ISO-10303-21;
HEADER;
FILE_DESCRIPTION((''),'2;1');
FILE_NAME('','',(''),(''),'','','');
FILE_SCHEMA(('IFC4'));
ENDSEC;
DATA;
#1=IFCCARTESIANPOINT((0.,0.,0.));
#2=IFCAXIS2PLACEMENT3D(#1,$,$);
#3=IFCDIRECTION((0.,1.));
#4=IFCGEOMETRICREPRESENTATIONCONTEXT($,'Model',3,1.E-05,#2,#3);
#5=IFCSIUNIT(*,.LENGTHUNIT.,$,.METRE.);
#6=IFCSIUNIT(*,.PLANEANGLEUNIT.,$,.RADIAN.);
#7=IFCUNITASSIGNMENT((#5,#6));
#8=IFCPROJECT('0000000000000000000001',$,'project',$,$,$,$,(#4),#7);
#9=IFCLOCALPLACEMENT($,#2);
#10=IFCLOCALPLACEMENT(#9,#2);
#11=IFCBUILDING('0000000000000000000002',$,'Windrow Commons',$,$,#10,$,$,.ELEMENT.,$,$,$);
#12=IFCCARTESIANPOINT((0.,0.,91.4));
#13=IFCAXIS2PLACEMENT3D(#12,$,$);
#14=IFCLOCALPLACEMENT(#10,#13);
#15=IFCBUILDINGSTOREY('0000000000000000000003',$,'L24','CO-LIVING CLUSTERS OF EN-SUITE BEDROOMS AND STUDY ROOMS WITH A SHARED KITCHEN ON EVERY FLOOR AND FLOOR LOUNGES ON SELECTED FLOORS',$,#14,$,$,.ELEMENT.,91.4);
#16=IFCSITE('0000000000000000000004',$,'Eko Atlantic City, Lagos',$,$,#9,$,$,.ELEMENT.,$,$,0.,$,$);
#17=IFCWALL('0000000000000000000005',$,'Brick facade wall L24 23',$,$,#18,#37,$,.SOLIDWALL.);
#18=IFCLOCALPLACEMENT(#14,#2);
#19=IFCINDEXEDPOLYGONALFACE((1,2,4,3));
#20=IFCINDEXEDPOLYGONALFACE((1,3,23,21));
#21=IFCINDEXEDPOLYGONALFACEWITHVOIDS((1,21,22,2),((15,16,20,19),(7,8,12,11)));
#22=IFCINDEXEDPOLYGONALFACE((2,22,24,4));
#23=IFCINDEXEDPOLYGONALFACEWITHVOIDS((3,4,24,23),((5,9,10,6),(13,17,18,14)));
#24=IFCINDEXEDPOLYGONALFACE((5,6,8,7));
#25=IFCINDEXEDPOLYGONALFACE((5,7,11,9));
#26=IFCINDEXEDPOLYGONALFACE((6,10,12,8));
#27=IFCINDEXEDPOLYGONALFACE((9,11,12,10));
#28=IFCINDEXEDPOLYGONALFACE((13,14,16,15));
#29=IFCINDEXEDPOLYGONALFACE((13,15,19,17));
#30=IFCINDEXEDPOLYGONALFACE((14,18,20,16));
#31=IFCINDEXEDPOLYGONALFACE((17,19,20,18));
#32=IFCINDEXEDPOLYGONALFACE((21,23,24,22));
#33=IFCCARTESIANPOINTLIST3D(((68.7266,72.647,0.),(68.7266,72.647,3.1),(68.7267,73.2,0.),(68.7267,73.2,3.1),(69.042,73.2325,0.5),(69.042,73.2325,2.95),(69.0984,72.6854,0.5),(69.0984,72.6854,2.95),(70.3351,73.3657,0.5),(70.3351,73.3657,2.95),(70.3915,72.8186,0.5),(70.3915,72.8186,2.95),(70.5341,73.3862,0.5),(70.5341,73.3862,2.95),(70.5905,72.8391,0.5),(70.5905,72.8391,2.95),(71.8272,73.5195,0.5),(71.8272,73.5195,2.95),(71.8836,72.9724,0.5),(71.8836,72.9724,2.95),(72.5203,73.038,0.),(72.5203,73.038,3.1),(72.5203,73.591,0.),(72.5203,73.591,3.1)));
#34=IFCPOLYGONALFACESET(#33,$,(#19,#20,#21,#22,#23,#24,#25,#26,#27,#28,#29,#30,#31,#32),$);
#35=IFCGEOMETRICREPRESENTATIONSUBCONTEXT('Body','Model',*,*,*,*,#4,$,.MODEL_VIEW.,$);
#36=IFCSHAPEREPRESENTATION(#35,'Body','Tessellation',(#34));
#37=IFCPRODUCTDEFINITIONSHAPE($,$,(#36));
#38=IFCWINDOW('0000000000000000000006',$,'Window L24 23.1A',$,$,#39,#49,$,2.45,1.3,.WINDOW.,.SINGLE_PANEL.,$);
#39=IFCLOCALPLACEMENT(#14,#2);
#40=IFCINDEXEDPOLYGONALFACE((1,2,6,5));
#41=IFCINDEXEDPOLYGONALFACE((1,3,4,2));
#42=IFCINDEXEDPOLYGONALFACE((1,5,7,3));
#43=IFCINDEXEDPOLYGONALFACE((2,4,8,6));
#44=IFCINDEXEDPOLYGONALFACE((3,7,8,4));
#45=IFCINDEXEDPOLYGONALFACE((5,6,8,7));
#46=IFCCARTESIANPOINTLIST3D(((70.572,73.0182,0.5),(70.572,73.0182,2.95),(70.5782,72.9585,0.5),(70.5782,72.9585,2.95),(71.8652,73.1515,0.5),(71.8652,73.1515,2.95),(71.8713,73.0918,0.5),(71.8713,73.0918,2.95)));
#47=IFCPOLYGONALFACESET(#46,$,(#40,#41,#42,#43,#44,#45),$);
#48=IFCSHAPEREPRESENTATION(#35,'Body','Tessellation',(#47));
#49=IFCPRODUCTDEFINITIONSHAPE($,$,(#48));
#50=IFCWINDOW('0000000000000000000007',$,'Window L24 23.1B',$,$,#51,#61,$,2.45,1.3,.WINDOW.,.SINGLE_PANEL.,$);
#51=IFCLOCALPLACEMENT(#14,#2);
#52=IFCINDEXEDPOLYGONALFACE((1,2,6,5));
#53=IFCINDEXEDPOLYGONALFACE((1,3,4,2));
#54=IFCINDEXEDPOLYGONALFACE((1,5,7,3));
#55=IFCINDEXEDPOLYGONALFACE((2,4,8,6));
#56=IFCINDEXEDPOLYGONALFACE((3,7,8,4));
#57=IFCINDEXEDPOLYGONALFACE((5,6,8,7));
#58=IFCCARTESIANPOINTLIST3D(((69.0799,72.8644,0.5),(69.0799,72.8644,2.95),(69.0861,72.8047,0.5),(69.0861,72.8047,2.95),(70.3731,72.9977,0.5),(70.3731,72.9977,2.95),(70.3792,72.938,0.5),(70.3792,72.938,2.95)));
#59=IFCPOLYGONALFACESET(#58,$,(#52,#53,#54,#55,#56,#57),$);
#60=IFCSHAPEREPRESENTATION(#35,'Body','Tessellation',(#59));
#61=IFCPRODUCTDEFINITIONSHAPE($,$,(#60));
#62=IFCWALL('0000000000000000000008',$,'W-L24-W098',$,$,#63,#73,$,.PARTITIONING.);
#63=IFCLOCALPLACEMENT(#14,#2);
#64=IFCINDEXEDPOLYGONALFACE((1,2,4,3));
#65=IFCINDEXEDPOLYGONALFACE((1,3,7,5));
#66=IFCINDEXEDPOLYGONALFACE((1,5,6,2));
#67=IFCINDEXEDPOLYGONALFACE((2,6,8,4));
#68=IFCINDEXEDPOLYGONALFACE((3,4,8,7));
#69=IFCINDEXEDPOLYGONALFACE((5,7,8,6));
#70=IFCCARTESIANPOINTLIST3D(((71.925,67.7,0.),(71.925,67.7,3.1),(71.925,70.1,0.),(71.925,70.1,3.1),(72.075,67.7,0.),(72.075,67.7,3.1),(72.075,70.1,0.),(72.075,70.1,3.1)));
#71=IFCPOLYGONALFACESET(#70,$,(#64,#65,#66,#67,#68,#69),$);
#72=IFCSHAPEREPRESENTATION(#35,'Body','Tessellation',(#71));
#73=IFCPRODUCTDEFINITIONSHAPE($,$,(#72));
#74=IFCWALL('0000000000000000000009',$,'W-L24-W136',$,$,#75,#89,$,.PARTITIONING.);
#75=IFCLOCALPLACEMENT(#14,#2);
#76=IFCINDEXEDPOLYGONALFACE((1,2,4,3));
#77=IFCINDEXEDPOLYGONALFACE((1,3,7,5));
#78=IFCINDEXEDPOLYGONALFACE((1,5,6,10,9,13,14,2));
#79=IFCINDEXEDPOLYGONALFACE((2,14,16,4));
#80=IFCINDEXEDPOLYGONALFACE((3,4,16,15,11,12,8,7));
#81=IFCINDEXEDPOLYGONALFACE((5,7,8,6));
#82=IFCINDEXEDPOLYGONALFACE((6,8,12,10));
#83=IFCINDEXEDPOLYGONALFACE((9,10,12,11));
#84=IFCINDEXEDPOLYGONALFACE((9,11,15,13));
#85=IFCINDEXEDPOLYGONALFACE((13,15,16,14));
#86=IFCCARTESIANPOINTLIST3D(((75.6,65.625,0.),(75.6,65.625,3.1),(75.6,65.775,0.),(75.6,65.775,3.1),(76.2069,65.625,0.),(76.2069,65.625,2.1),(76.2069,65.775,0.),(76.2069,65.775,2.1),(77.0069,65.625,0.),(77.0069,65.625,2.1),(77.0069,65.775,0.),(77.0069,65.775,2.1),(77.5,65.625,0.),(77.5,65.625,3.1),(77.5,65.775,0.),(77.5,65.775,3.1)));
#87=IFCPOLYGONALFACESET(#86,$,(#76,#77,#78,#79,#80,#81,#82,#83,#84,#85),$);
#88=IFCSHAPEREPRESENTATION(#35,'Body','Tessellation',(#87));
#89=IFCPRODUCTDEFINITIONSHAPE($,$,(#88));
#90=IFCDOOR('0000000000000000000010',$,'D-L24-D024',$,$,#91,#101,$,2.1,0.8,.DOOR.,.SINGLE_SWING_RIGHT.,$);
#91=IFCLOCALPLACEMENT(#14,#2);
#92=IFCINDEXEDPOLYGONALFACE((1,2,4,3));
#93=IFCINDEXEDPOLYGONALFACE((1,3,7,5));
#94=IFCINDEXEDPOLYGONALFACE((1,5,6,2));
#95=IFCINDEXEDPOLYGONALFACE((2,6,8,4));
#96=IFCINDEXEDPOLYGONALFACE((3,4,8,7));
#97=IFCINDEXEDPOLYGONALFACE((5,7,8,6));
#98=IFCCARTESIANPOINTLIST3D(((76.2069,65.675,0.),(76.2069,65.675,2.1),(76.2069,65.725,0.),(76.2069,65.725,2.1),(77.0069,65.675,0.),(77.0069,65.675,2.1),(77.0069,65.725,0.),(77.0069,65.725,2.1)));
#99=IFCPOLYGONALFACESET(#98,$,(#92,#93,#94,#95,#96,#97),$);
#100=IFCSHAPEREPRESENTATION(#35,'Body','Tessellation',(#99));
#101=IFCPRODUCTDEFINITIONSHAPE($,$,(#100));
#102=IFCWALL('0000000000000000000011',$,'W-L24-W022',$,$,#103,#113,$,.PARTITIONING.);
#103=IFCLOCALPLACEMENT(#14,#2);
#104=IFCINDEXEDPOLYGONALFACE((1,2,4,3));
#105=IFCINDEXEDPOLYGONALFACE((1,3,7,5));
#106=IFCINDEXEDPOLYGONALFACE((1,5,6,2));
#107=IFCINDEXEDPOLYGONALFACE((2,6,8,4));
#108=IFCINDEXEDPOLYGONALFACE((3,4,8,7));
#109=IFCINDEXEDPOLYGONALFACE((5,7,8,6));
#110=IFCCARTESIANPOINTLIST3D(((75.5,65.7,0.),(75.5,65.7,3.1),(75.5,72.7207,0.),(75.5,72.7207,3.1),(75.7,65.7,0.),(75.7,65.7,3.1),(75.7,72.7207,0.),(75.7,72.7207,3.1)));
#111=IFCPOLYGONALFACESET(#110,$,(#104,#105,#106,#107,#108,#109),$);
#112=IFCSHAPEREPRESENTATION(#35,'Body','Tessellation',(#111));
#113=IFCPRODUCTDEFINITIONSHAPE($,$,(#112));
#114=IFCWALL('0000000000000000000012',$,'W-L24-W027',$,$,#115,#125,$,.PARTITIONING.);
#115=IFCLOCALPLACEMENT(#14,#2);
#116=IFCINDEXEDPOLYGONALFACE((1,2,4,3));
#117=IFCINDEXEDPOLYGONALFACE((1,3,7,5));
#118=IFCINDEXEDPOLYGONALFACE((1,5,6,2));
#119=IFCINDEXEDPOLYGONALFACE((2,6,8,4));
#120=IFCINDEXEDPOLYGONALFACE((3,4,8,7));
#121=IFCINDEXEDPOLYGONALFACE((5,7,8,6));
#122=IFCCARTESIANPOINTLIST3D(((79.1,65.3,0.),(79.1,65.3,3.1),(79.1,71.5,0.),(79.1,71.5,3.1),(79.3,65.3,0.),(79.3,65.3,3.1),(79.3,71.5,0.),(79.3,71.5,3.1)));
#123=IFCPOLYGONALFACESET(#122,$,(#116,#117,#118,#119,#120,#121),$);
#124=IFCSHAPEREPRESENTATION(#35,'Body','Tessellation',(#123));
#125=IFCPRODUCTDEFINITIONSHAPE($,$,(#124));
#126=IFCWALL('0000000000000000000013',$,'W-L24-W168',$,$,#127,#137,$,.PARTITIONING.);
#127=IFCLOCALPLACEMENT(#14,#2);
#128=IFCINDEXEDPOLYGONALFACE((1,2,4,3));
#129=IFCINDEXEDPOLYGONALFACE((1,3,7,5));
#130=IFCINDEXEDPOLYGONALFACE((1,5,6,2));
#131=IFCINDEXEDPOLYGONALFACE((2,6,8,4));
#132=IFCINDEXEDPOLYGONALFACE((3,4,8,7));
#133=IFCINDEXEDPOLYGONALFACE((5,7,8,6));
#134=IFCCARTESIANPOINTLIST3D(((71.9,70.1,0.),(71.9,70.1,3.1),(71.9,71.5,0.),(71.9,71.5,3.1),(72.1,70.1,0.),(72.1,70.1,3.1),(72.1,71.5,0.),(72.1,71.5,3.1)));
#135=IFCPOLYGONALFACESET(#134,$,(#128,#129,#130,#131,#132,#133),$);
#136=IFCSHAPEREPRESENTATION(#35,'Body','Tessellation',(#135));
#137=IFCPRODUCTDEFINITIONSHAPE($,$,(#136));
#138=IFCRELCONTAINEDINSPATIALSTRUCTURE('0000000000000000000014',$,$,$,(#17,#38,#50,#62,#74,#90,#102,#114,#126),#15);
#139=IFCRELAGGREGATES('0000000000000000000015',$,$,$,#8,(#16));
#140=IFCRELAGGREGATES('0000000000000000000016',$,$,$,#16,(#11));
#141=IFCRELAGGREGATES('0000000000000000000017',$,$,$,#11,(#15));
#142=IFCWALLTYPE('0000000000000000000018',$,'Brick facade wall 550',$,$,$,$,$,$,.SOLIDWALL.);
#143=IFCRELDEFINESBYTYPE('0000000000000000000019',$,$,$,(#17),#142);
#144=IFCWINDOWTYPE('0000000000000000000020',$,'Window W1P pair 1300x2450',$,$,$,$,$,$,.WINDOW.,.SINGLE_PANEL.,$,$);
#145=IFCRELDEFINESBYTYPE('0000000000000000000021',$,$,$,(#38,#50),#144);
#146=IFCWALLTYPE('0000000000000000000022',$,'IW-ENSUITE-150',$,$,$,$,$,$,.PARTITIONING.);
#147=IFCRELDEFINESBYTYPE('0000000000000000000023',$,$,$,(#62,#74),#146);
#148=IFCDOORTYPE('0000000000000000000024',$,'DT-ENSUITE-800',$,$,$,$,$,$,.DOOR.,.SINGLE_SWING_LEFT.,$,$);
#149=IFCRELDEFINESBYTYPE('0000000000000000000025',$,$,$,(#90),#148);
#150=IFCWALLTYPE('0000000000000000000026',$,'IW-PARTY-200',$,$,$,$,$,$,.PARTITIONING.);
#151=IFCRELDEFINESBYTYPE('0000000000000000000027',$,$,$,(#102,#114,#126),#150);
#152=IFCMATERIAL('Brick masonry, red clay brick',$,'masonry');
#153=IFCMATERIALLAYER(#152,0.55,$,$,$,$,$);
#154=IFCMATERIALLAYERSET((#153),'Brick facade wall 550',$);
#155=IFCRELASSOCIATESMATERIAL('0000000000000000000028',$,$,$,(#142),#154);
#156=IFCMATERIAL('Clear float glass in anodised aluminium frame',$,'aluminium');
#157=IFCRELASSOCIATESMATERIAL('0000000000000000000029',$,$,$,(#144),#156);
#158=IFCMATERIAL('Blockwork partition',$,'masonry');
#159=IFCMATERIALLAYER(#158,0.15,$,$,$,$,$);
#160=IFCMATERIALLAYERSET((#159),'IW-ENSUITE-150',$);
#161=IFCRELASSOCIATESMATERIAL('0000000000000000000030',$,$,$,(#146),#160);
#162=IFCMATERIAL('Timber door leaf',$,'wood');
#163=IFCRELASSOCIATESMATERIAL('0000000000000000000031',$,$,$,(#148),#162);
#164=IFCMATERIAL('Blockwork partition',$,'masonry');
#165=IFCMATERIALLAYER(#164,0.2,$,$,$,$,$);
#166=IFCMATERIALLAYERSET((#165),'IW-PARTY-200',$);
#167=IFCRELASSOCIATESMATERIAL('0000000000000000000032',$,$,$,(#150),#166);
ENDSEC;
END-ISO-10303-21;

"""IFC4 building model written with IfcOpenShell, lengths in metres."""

from ifc_helpers import new_model, si_unit, direction, frame, frame_2d, origin, place, context, subcontext, project, spatial, polyline, rectangle, outline, extrude, material, layer, layer_set, type_object, element, fill, save


model = new_model("IFC4")

# Units and contexts
model_context = context("Model", 3, precision=1e-05, world=origin(), true_north=direction((0.0, 1.0)))
body_context = subcontext(model_context, "Body", "Model", "MODEL_VIEW")
ifc_project = project(units=[si_unit("LENGTHUNIT", "METRE"), si_unit("PLANEANGLEUNIT", "RADIAN")], contexts=[model_context])

# Site, building, storey
site_placement = place(None, origin())
site = spatial("IfcSite", under=ifc_project, at=site_placement, Name="Eko Atlantic City, Lagos", CompositionType="ELEMENT", RefElevation=0.0)
building_placement = place(site_placement, origin())
building = spatial("IfcBuilding", under=site, at=building_placement, Name="Windrow Commons", CompositionType="ELEMENT")
storey_placement = place(building_placement, frame((0.0, 0.0, 91.4)))
storey = spatial("IfcBuildingStorey", under=building, at=storey_placement, Name="L24", Description="CO-LIVING CLUSTERS OF EN-SUITE BEDROOMS AND STUDY ROOMS WITH A SHARED KITCHEN ON EVERY FLOOR AND FLOOR LOUNGES ON SELECTED FLOORS", CompositionType="ELEMENT", Elevation=91.4)

# Shared definitions
ifc_material_1 = material(Name="Brick masonry, red clay brick", Category="masonry")
ifc_layer_1 = layer(ifc_material_1, 0.55)
ifc_layer_set_1 = layer_set([ifc_layer_1], Name="Brick facade wall 550")
wall_type_1 = type_object("IfcWallType", Name="Brick facade wall 550", PredefinedType="SOLIDWALL", material=ifc_layer_set_1)

# Wall, openings, windows
wall_1_placement = place(storey_placement, frame((72.5203, 73.3145, 0.0), z_axis=(0.0, 0.0, 1.0), x_axis=(-0.994731, -0.102523, 0.0)))
wall_1 = element("IfcWall", 1, at=wall_1_placement, inside=storey, type_object=wall_type_1, Name="Brick facade wall L24 23", PredefinedType="SOLIDWALL", context=body_context, shape_type="SweptSolid", body=[
    extrude(outline(polyline([(-0.0283, -0.275), (3.7854, -0.275), (3.8421, 0.275), (0.0283, 0.275), (-0.0283, -0.275)])), origin(), (0.0, 0.0, 1.0), 3.1),
])
opening_1_placement = place(wall_1_placement, frame((0.6684, 0.0, 0.5)))
opening_1 = element("IfcOpeningElement", 2, at=opening_1_placement, cuts=wall_1, PredefinedType="OPENING", context=body_context, shape_type="SweptSolid", body=[
    extrude(rectangle(XDim=1.3, YDim=2.45, at=frame_2d((0.65, 1.225))), frame((0.0, 0.285, 0.0), z_axis=(0.0, -1.0, 0.0), x_axis=(1.0, 0.0, 0.0)), (0.0, 0.0, 1.0), 0.57),
])
opening_2_placement = place(wall_1_placement, frame((2.1684, 0.0, 0.5)))
opening_2 = element("IfcOpeningElement", 3, at=opening_2_placement, cuts=wall_1, PredefinedType="OPENING", context=body_context, shape_type="SweptSolid", body=[
    extrude(rectangle(XDim=1.3, YDim=2.45, at=frame_2d((0.65, 1.225))), frame((0.0, 0.285, 0.0), z_axis=(0.0, -1.0, 0.0), x_axis=(1.0, 0.0, 0.0)), (0.0, 0.0, 1.0), 0.57),
])
ifc_material_2 = material(Name="Clear float glass in anodised aluminium frame", Category="aluminium")
window_type_1 = type_object("IfcWindowType", Name="Window W1P pair 1300x2450", PartitioningType="SINGLE_PANEL", PredefinedType="WINDOW", material=ifc_material_2)
window_1_placement = place(opening_1_placement, origin())
window_1 = element("IfcWindow", 4, at=window_1_placement, inside=storey, type_object=window_type_1, Name="Window L24 23.1A", OverallHeight=2.45, OverallWidth=1.3, PartitioningType="SINGLE_PANEL", PredefinedType="WINDOW", context=body_context, shape_type="SweptSolid", body=[
    extrude(rectangle(XDim=1.3, YDim=2.45, at=frame_2d((0.65, 1.225))), frame((0.0, 0.155, 0.0), z_axis=(0.0, -1.0, 0.0), x_axis=(1.0, 0.0, 0.0)), (0.0, 0.0, 1.0), 0.06),
])
fill(opening_1, window_1)
window_2_placement = place(opening_2_placement, origin())
window_2 = element("IfcWindow", 5, at=window_2_placement, inside=storey, type_object=window_type_1, Name="Window L24 23.1B", OverallHeight=2.45, OverallWidth=1.3, PartitioningType="SINGLE_PANEL", PredefinedType="WINDOW", context=body_context, shape_type="SweptSolid", body=[
    extrude(rectangle(XDim=1.3, YDim=2.45, at=frame_2d((0.65, 1.225))), frame((0.0, 0.155, 0.0), z_axis=(0.0, -1.0, 0.0), x_axis=(1.0, 0.0, 0.0)), (0.0, 0.0, 1.0), 0.06),
])
fill(opening_2, window_2)

# Wall
ifc_material_3 = material(Name="Blockwork partition", Category="masonry")
ifc_layer_2 = layer(ifc_material_3, 0.15)
ifc_layer_set_2 = layer_set([ifc_layer_2], Name="IW-ENSUITE-150")
wall_type_2 = type_object("IfcWallType", Name="IW-ENSUITE-150", PredefinedType="PARTITIONING", material=ifc_layer_set_2)
wall_2_placement = place(storey_placement, frame((72.0, 67.7, 0.0), z_axis=(0.0, 0.0, 1.0), x_axis=(0.0, 1.0, 0.0)))
element("IfcWall", 6, at=wall_2_placement, inside=storey, type_object=wall_type_2, Name="W-L24-W098", PredefinedType="PARTITIONING", context=body_context, shape_type="SweptSolid", body=[
    extrude(rectangle(XDim=2.4, YDim=0.15, at=frame_2d((1.2, 0.0))), origin(), (0.0, 0.0, 1.0), 3.1),
])

# Wall, opening, door
wall_3_placement = place(storey_placement, frame((75.6, 65.7, 0.0), z_axis=(0.0, 0.0, 1.0), x_axis=(1.0, 0.0, 0.0)))
wall_3 = element("IfcWall", 7, at=wall_3_placement, inside=storey, type_object=wall_type_2, Name="W-L24-W136", PredefinedType="PARTITIONING", context=body_context, shape_type="SweptSolid", body=[
    extrude(rectangle(XDim=1.9, YDim=0.15, at=frame_2d((0.95, 0.0))), origin(), (0.0, 0.0, 1.0), 3.1),
])
opening_3_placement = place(wall_3_placement, frame((0.6069, 0.0, 0.0)))
opening_3 = element("IfcOpeningElement", 8, at=opening_3_placement, cuts=wall_3, PredefinedType="OPENING", context=body_context, shape_type="SweptSolid", body=[
    extrude(rectangle(XDim=0.8, YDim=2.1, at=frame_2d((0.4, 1.05))), frame((0.0, 0.085, 0.0), z_axis=(0.0, -1.0, 0.0), x_axis=(1.0, 0.0, 0.0)), (0.0, 0.0, 1.0), 0.17),
])
ifc_material_4 = material(Name="Timber door leaf", Category="wood")
door_type = type_object("IfcDoorType", Name="DT-ENSUITE-800", OperationType="SINGLE_SWING_LEFT", PredefinedType="DOOR", material=ifc_material_4)
door_placement = place(opening_3_placement, origin())
door = element("IfcDoor", 9, at=door_placement, inside=storey, type_object=door_type, Name="D-L24-D024", OperationType="SINGLE_SWING_RIGHT", OverallHeight=2.1, OverallWidth=0.8, PredefinedType="DOOR", context=body_context, shape_type="SweptSolid", body=[
    extrude(rectangle(XDim=0.8, YDim=2.1, at=frame_2d((0.4, 1.05))), frame((0.0, 0.025, 0.0), z_axis=(0.0, -1.0, 0.0), x_axis=(1.0, 0.0, 0.0)), (0.0, 0.0, 1.0), 0.05),
])
fill(opening_3, door)

# Walls
ifc_material_5 = material(Name="Blockwork partition", Category="masonry")
ifc_layer_3 = layer(ifc_material_5, 0.2)
ifc_layer_set_3 = layer_set([ifc_layer_3], Name="IW-PARTY-200")
wall_type_3 = type_object("IfcWallType", Name="IW-PARTY-200", PredefinedType="PARTITIONING", material=ifc_layer_set_3)
wall_4_placement = place(storey_placement, frame((75.6, 65.7, 0.0), z_axis=(0.0, 0.0, 1.0), x_axis=(0.0, 1.0, 0.0)))
element("IfcWall", 10, at=wall_4_placement, inside=storey, type_object=wall_type_3, Name="W-L24-W022", PredefinedType="PARTITIONING", context=body_context, shape_type="SweptSolid", body=[
    extrude(rectangle(XDim=7.0207, YDim=0.2, at=frame_2d((3.5103, 0.0))), origin(), (0.0, 0.0, 1.0), 3.1),
])
wall_5_placement = place(storey_placement, frame((79.2, 65.3, 0.0), z_axis=(0.0, 0.0, 1.0), x_axis=(0.0, 1.0, 0.0)))
element("IfcWall", 11, at=wall_5_placement, inside=storey, type_object=wall_type_3, Name="W-L24-W027", PredefinedType="PARTITIONING", context=body_context, shape_type="SweptSolid", body=[
    extrude(rectangle(XDim=6.2, YDim=0.2, at=frame_2d((3.1, 0.0))), origin(), (0.0, 0.0, 1.0), 3.1),
])
wall_6_placement = place(storey_placement, frame((72.0, 70.1, 0.0), z_axis=(0.0, 0.0, 1.0), x_axis=(0.0, 1.0, 0.0)))
element("IfcWall", 12, at=wall_6_placement, inside=storey, type_object=wall_type_3, Name="W-L24-W168", PredefinedType="PARTITIONING", context=body_context, shape_type="SweptSolid", body=[
    extrude(rectangle(XDim=1.4, YDim=0.2, at=frame_2d((0.7, 0.0))), origin(), (0.0, 0.0, 1.0), 3.1),
])

save(model, "model.ifc")
